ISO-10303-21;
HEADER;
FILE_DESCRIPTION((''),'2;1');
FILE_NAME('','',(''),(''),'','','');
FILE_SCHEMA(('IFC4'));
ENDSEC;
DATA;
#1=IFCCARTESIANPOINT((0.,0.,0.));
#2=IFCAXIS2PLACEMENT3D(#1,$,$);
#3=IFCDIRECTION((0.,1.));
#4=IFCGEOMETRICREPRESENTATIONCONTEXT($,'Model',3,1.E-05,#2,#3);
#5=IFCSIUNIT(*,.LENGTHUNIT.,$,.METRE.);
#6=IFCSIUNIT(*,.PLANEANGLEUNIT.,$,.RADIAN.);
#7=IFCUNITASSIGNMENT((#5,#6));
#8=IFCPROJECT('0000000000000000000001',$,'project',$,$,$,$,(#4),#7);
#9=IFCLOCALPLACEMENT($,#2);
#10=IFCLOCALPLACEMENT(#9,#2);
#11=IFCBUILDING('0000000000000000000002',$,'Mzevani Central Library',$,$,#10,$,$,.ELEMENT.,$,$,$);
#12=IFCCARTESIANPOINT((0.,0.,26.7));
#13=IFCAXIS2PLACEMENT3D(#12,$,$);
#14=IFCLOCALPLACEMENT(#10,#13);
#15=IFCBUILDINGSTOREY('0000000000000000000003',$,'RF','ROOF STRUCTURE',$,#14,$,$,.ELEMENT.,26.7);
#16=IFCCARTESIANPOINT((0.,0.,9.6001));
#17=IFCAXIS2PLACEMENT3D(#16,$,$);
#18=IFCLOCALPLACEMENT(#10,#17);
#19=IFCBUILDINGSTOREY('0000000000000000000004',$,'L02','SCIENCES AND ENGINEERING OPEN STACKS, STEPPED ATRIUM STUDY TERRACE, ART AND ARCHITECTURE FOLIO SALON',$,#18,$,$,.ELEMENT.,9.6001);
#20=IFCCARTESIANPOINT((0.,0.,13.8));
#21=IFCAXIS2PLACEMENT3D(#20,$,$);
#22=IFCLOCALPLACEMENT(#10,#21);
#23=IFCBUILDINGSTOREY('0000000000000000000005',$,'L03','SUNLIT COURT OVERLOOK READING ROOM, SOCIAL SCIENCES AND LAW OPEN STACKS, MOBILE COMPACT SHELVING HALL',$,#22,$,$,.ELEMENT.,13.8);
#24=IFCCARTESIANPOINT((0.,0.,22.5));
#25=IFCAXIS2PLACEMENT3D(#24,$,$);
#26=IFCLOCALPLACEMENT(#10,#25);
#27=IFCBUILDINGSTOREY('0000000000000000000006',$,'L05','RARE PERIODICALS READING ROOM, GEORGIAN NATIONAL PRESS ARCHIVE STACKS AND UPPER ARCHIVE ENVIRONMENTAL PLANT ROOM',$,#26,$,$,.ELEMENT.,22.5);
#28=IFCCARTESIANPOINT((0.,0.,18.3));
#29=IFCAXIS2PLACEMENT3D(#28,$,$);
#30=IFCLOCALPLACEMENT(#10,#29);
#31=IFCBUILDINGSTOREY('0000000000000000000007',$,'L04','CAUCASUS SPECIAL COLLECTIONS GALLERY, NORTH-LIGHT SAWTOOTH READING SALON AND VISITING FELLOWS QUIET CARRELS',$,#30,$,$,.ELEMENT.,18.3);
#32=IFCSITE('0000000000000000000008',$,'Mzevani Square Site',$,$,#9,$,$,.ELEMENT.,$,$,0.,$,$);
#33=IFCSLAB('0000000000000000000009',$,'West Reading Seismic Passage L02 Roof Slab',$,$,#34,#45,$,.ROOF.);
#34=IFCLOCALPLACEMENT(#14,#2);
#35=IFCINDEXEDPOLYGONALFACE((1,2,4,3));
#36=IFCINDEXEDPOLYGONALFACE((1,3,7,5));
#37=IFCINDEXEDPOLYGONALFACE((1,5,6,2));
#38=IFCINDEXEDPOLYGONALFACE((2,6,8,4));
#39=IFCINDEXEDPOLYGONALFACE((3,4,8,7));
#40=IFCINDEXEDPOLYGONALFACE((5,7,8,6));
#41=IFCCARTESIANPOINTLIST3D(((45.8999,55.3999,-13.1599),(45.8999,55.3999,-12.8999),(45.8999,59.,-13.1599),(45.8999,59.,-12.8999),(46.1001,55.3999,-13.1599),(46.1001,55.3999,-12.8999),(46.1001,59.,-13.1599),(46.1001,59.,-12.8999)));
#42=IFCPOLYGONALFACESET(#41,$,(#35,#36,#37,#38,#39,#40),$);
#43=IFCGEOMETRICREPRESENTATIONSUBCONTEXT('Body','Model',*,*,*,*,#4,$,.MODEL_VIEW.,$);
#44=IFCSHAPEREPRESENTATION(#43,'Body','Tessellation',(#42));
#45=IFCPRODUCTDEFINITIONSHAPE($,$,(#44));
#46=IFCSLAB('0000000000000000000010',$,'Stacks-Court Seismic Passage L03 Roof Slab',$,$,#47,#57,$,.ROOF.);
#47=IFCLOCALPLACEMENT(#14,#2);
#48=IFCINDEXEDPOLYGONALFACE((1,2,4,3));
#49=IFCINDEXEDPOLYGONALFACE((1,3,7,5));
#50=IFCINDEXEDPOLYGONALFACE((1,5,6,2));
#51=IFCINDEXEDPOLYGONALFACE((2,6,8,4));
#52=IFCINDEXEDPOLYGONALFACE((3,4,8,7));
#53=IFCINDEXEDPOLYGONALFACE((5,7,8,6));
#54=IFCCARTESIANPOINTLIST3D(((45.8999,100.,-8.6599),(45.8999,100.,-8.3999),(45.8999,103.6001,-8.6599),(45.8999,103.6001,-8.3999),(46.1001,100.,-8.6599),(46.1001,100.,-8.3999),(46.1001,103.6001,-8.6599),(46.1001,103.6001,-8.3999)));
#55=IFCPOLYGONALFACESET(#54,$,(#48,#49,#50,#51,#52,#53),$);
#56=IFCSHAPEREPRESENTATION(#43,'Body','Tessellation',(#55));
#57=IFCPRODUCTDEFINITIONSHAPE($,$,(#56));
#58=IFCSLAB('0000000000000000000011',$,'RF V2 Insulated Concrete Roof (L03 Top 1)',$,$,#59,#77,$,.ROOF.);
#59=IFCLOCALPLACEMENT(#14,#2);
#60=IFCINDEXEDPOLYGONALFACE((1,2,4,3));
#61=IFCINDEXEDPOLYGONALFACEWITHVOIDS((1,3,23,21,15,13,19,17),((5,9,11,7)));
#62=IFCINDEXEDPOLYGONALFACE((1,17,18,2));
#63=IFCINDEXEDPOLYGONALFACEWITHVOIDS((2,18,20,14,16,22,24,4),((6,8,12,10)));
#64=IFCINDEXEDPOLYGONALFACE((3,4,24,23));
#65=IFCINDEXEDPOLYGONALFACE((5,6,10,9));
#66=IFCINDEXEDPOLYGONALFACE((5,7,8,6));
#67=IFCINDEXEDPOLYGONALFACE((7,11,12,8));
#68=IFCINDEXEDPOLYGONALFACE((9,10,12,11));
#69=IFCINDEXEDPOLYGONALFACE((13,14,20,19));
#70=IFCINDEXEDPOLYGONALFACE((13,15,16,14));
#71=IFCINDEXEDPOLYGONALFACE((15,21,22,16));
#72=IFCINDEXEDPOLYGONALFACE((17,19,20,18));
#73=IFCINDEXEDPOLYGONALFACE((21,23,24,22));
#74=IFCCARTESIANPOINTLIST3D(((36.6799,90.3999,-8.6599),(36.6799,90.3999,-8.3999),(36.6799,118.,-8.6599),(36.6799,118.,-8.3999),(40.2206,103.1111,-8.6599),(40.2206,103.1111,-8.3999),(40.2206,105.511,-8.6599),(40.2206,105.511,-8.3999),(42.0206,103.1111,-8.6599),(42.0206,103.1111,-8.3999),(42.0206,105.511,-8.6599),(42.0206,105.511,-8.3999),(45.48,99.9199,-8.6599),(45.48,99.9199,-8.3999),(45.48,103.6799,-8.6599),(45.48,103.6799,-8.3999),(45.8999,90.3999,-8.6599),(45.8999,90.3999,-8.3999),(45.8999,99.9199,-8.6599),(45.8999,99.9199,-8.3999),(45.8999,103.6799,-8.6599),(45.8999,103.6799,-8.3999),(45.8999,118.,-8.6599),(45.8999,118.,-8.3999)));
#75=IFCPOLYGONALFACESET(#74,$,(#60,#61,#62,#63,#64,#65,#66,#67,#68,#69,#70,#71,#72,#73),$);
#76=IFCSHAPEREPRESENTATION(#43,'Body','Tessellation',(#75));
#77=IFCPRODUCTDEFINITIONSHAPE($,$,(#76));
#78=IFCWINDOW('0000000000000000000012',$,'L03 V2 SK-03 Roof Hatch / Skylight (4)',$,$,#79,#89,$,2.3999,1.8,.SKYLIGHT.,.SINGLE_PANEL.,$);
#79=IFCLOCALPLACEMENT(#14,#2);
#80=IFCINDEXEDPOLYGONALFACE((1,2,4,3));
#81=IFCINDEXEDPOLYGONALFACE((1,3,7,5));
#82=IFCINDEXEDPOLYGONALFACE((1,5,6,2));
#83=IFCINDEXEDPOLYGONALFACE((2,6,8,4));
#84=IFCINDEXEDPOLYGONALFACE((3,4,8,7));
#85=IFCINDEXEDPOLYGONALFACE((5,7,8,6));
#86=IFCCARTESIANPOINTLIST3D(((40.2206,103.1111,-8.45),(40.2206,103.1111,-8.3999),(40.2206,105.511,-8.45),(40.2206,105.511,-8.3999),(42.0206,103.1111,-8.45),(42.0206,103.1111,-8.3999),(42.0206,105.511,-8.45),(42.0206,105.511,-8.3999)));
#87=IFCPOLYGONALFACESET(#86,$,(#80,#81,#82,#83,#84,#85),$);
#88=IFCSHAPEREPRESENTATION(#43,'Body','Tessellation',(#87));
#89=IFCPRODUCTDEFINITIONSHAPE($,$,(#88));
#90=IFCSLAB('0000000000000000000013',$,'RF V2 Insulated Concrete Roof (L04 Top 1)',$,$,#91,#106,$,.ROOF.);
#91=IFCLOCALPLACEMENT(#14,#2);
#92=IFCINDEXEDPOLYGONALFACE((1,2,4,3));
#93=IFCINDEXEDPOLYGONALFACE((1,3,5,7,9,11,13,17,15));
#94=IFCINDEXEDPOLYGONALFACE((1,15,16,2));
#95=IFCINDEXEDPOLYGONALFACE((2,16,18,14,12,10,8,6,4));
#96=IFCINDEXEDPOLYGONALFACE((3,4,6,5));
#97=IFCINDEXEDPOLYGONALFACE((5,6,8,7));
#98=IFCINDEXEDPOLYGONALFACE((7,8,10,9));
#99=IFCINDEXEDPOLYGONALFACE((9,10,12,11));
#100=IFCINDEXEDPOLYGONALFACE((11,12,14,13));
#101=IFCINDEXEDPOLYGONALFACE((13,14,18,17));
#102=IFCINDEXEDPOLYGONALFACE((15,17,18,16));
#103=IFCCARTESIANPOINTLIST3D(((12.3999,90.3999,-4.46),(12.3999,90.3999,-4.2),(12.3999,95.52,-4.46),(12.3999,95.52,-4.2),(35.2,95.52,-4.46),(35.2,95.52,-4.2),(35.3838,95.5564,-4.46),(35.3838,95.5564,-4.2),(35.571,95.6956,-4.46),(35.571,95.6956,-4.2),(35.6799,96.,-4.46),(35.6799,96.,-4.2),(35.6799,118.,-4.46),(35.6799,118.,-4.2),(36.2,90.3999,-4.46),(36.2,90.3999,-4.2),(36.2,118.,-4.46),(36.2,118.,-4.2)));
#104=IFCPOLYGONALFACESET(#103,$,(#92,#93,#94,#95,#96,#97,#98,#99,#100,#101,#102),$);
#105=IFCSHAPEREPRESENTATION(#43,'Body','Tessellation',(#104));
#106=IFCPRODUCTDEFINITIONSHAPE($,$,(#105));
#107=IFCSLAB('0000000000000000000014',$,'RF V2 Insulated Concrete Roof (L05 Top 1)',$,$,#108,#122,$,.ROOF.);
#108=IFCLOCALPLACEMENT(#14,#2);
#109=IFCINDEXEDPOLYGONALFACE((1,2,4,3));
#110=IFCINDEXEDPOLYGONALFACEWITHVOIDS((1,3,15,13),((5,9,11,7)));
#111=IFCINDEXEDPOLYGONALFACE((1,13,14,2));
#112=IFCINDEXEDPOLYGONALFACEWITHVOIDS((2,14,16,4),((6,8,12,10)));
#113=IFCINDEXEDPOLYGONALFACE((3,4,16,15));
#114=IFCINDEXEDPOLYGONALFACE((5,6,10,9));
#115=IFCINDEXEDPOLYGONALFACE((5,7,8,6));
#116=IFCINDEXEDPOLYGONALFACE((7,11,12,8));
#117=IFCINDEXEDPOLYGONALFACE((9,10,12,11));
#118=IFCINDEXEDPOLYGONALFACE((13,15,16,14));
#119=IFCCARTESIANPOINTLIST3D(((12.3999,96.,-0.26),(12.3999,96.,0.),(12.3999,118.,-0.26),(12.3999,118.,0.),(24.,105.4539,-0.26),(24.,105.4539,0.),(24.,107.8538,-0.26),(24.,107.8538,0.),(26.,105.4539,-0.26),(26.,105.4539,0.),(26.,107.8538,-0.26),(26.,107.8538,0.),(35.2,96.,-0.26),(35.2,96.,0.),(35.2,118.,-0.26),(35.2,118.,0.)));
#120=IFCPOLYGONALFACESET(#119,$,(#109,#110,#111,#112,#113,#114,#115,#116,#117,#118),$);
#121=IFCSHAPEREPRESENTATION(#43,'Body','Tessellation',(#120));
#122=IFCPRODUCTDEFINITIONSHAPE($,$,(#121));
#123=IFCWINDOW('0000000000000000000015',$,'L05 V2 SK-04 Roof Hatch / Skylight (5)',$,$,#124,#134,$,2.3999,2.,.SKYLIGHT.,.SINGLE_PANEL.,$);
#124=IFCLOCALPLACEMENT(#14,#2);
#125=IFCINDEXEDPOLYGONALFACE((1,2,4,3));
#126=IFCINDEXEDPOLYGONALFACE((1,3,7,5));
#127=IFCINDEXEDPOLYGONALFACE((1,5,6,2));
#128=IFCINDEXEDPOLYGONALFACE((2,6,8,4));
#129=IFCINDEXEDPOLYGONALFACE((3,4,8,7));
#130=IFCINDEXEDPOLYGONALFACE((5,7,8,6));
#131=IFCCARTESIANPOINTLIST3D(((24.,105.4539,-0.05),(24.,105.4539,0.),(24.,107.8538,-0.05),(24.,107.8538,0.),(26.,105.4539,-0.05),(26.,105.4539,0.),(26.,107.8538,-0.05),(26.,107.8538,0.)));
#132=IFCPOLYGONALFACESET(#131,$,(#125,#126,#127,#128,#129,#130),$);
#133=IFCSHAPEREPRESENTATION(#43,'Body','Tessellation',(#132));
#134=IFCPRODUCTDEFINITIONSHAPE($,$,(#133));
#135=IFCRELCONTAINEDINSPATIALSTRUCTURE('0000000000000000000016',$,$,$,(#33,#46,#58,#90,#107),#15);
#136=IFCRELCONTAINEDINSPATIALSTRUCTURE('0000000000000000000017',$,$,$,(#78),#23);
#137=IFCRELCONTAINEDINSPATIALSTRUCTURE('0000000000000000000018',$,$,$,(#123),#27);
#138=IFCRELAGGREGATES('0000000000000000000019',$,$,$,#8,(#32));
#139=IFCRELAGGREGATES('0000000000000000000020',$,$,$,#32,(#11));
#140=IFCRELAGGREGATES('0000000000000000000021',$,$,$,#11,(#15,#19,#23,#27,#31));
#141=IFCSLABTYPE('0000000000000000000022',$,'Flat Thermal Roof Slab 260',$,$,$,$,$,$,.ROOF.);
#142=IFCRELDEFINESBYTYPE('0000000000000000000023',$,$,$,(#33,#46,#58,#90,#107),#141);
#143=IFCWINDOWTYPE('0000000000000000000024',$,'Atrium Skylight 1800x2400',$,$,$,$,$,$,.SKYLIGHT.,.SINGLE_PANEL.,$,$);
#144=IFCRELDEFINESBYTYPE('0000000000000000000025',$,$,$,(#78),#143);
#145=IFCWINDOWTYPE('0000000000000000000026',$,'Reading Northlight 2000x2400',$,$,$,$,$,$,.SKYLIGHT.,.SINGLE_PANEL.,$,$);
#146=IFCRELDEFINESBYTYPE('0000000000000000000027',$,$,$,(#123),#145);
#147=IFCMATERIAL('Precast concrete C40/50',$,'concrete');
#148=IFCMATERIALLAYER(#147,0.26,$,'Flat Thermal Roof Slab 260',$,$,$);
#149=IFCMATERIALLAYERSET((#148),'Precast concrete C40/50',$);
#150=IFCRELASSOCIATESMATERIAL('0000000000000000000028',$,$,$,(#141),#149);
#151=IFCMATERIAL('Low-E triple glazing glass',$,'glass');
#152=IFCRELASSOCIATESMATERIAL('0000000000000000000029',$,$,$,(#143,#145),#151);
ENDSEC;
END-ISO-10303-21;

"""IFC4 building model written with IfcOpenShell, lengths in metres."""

from ifc_helpers import new_model, si_unit, direction, frame, origin, origin_2d, place, context, subcontext, project, spatial, polyline, rectangle, outline, extrude, material, layer, layer_set, type_object, element, fill, save


model = new_model("IFC4")

# Units and contexts
model_context = context("Model", 3, precision=1e-05, world=origin(), true_north=direction((0.0, 1.0)))
body_context = subcontext(model_context, "Body", "Model", "MODEL_VIEW")
ifc_project = project(units=[si_unit("LENGTHUNIT", "METRE"), si_unit("PLANEANGLEUNIT", "RADIAN")], contexts=[model_context])

# Site, building, storey
site_placement = place(None, origin())
site = spatial("IfcSite", under=ifc_project, at=site_placement, Name="Mzevani Square Site", CompositionType="ELEMENT", RefElevation=0.0)
building_placement = place(site_placement, origin())
building = spatial("IfcBuilding", under=site, at=building_placement, Name="Mzevani Central Library", CompositionType="ELEMENT")
storey_1_placement = place(building_placement, frame((0.0, 0.0, 26.7)))
storey_1 = spatial("IfcBuildingStorey", under=building, at=storey_1_placement, Name="RF", Description="ROOF STRUCTURE", CompositionType="ELEMENT", Elevation=26.7)

# Slabs
ifc_material_1 = material(Name="Precast concrete C40/50", Category="concrete")
ifc_layer_1 = layer(ifc_material_1, 0.26, Name="Flat Thermal Roof Slab 260")
ifc_layer_set_1 = layer_set([ifc_layer_1], Name="Precast concrete C40/50")
slab_type = type_object("IfcSlabType", Name="Flat Thermal Roof Slab 260", PredefinedType="ROOF", material=ifc_layer_set_1)
slab_1_placement = place(storey_1_placement, frame((0.0, 0.0, -13.1599)))
element("IfcSlab", 1, at=slab_1_placement, inside=storey_1, type_object=slab_type, Name="West Reading Seismic Passage L02 Roof Slab", PredefinedType="ROOF", context=body_context, shape_type="SweptSolid", body=[
    extrude(outline(polyline([(45.8999, 55.3999), (46.1001, 55.3999), (46.1001, 59.0), (45.8999, 59.0), (45.8999, 55.3999)])), origin(), (0.0, 0.0, 1.0), 0.26),
])
slab_2_placement = place(storey_1_placement, frame((0.0, 0.0, -8.6599)))
element("IfcSlab", 2, at=slab_2_placement, inside=storey_1, type_object=slab_type, Name="Stacks-Court Seismic Passage L03 Roof Slab", PredefinedType="ROOF", context=body_context, shape_type="SweptSolid", body=[
    extrude(outline(polyline([(45.8999, 100.0), (46.1001, 100.0), (46.1001, 103.6001), (45.8999, 103.6001), (45.8999, 100.0)])), origin(), (0.0, 0.0, 1.0), 0.26),
])

# Shared definitions
storey_2_placement = place(building_placement, frame((0.0, 0.0, 9.6001)))
storey_2 = spatial("IfcBuildingStorey", under=building, at=storey_2_placement, Name="L02", Description="SCIENCES AND ENGINEERING OPEN STACKS, STEPPED ATRIUM STUDY TERRACE, ART AND ARCHITECTURE FOLIO SALON", CompositionType="ELEMENT", Elevation=9.6001)

# Shared definitions
ifc_material_2 = material(Name="Low-E triple glazing glass", Category="glass")
window_type_1 = type_object("IfcWindowType", Name="Atrium Skylight 1800x2400", PartitioningType="SINGLE_PANEL", PredefinedType="SKYLIGHT", material=ifc_material_2)
window_type_2 = type_object("IfcWindowType", Name="Reading Northlight 2000x2400", PartitioningType="SINGLE_PANEL", PredefinedType="SKYLIGHT", material=ifc_material_2)

# Slab, opening
slab_3_placement = place(storey_1_placement, frame((0.0, 0.0, -8.6599)))
slab_3 = element("IfcSlab", 3, at=slab_3_placement, inside=storey_1, type_object=slab_type, Name="RF V2 Insulated Concrete Roof (L03 Top 1)", PredefinedType="ROOF", context=body_context, shape_type="SweptSolid", body=[
    extrude(outline(polyline([(45.8999, 103.6799), (45.48, 103.6799), (45.48, 99.9199), (45.8999, 99.9199), (45.8999, 90.3999), (36.6799, 90.3999), (36.6799, 118.0), (45.8999, 118.0), (45.8999, 103.6799)])), origin(), (0.0, 0.0, 1.0), 0.26),
])
opening_1_placement = place(slab_3_placement, frame((41.1206, 104.311, 0.0)))
opening_1 = element("IfcOpeningElement", 4, at=opening_1_placement, cuts=slab_3, PredefinedType="OPENING", context=body_context, shape_type="SweptSolid", body=[
    extrude(rectangle(XDim=1.8, YDim=2.3999, at=origin_2d()), origin(), (0.0, 0.0, 1.0), 0.26),
])

# Shared definitions
storey_3_placement = place(building_placement, frame((0.0, 0.0, 13.8)))
storey_3 = spatial("IfcBuildingStorey", under=building, at=storey_3_placement, Name="L03", Description="SUNLIT COURT OVERLOOK READING ROOM, SOCIAL SCIENCES AND LAW OPEN STACKS, MOBILE COMPACT SHELVING HALL", CompositionType="ELEMENT", Elevation=13.8)

# Window
window_1_placement = place(opening_1_placement, frame((0.0, 0.0, 0.21)))
window_1 = element("IfcWindow", 5, at=window_1_placement, inside=storey_3, type_object=window_type_1, Name="L03 V2 SK-03 Roof Hatch / Skylight (4)", OverallHeight=2.3999, OverallWidth=1.8, PartitioningType="SINGLE_PANEL", PredefinedType="SKYLIGHT", context=body_context, shape_type="SweptSolid", body=[
    extrude(rectangle(XDim=1.8, YDim=2.3999, at=origin_2d()), origin(), (0.0, 0.0, 1.0), 0.05),
])
fill(opening_1, window_1)

# Slab
slab_4_placement = place(storey_1_placement, frame((0.0, 0.0, -4.46)))
element("IfcSlab", 6, at=slab_4_placement, inside=storey_1, type_object=slab_type, Name="RF V2 Insulated Concrete Roof (L04 Top 1)", PredefinedType="ROOF", context=body_context, shape_type="SweptSolid", body=[
    extrude(outline(polyline([(36.2, 118.0), (36.2, 90.3999), (12.3999, 90.3999), (12.3999, 95.52), (35.2, 95.52), (35.3838, 95.5564), (35.571, 95.6956), (35.6799, 96.0), (35.6799, 118.0), (36.2, 118.0)])), origin(), (0.0, 0.0, 1.0), 0.26),
])

# Slab, opening
slab_5_placement = place(storey_1_placement, frame((0.0, 0.0, -0.26)))
slab_5 = element("IfcSlab", 7, at=slab_5_placement, inside=storey_1, type_object=slab_type, Name="RF V2 Insulated Concrete Roof (L05 Top 1)", PredefinedType="ROOF", context=body_context, shape_type="SweptSolid", body=[
    extrude(outline(polyline([(12.3999, 96.0), (12.3999, 118.0), (35.2, 118.0), (35.2, 96.0), (12.3999, 96.0)])), origin(), (0.0, 0.0, 1.0), 0.26),
])
opening_2_placement = place(slab_5_placement, frame((25.0, 106.6538, 0.0)))
opening_2 = element("IfcOpeningElement", 8, at=opening_2_placement, cuts=slab_5, PredefinedType="OPENING", context=body_context, shape_type="SweptSolid", body=[
    extrude(rectangle(XDim=2.0, YDim=2.3999, at=origin_2d()), origin(), (0.0, 0.0, 1.0), 0.26),
])

# Shared definitions
storey_4_placement = place(building_placement, frame((0.0, 0.0, 22.5)))
storey_4 = spatial("IfcBuildingStorey", under=building, at=storey_4_placement, Name="L05", Description="RARE PERIODICALS READING ROOM, GEORGIAN NATIONAL PRESS ARCHIVE STACKS AND UPPER ARCHIVE ENVIRONMENTAL PLANT ROOM", CompositionType="ELEMENT", Elevation=22.5)

# Window
window_2_placement = place(opening_2_placement, frame((0.0, 0.0, 0.21)))
window_2 = element("IfcWindow", 9, at=window_2_placement, inside=storey_4, type_object=window_type_2, Name="L05 V2 SK-04 Roof Hatch / Skylight (5)", OverallHeight=2.3999, OverallWidth=2.0, PartitioningType="SINGLE_PANEL", PredefinedType="SKYLIGHT", context=body_context, shape_type="SweptSolid", body=[
    extrude(rectangle(XDim=2.0, YDim=2.3999, at=origin_2d()), origin(), (0.0, 0.0, 1.0), 0.05),
])
fill(opening_2, window_2)

# Shared definitions
storey_5_placement = place(building_placement, frame((0.0, 0.0, 18.3)))
storey_5 = spatial("IfcBuildingStorey", under=building, at=storey_5_placement, Name="L04", Description="CAUCASUS SPECIAL COLLECTIONS GALLERY, NORTH-LIGHT SAWTOOTH READING SALON AND VISITING FELLOWS QUIET CARRELS", CompositionType="ELEMENT", Elevation=18.3)

save(model, "model.ifc")
